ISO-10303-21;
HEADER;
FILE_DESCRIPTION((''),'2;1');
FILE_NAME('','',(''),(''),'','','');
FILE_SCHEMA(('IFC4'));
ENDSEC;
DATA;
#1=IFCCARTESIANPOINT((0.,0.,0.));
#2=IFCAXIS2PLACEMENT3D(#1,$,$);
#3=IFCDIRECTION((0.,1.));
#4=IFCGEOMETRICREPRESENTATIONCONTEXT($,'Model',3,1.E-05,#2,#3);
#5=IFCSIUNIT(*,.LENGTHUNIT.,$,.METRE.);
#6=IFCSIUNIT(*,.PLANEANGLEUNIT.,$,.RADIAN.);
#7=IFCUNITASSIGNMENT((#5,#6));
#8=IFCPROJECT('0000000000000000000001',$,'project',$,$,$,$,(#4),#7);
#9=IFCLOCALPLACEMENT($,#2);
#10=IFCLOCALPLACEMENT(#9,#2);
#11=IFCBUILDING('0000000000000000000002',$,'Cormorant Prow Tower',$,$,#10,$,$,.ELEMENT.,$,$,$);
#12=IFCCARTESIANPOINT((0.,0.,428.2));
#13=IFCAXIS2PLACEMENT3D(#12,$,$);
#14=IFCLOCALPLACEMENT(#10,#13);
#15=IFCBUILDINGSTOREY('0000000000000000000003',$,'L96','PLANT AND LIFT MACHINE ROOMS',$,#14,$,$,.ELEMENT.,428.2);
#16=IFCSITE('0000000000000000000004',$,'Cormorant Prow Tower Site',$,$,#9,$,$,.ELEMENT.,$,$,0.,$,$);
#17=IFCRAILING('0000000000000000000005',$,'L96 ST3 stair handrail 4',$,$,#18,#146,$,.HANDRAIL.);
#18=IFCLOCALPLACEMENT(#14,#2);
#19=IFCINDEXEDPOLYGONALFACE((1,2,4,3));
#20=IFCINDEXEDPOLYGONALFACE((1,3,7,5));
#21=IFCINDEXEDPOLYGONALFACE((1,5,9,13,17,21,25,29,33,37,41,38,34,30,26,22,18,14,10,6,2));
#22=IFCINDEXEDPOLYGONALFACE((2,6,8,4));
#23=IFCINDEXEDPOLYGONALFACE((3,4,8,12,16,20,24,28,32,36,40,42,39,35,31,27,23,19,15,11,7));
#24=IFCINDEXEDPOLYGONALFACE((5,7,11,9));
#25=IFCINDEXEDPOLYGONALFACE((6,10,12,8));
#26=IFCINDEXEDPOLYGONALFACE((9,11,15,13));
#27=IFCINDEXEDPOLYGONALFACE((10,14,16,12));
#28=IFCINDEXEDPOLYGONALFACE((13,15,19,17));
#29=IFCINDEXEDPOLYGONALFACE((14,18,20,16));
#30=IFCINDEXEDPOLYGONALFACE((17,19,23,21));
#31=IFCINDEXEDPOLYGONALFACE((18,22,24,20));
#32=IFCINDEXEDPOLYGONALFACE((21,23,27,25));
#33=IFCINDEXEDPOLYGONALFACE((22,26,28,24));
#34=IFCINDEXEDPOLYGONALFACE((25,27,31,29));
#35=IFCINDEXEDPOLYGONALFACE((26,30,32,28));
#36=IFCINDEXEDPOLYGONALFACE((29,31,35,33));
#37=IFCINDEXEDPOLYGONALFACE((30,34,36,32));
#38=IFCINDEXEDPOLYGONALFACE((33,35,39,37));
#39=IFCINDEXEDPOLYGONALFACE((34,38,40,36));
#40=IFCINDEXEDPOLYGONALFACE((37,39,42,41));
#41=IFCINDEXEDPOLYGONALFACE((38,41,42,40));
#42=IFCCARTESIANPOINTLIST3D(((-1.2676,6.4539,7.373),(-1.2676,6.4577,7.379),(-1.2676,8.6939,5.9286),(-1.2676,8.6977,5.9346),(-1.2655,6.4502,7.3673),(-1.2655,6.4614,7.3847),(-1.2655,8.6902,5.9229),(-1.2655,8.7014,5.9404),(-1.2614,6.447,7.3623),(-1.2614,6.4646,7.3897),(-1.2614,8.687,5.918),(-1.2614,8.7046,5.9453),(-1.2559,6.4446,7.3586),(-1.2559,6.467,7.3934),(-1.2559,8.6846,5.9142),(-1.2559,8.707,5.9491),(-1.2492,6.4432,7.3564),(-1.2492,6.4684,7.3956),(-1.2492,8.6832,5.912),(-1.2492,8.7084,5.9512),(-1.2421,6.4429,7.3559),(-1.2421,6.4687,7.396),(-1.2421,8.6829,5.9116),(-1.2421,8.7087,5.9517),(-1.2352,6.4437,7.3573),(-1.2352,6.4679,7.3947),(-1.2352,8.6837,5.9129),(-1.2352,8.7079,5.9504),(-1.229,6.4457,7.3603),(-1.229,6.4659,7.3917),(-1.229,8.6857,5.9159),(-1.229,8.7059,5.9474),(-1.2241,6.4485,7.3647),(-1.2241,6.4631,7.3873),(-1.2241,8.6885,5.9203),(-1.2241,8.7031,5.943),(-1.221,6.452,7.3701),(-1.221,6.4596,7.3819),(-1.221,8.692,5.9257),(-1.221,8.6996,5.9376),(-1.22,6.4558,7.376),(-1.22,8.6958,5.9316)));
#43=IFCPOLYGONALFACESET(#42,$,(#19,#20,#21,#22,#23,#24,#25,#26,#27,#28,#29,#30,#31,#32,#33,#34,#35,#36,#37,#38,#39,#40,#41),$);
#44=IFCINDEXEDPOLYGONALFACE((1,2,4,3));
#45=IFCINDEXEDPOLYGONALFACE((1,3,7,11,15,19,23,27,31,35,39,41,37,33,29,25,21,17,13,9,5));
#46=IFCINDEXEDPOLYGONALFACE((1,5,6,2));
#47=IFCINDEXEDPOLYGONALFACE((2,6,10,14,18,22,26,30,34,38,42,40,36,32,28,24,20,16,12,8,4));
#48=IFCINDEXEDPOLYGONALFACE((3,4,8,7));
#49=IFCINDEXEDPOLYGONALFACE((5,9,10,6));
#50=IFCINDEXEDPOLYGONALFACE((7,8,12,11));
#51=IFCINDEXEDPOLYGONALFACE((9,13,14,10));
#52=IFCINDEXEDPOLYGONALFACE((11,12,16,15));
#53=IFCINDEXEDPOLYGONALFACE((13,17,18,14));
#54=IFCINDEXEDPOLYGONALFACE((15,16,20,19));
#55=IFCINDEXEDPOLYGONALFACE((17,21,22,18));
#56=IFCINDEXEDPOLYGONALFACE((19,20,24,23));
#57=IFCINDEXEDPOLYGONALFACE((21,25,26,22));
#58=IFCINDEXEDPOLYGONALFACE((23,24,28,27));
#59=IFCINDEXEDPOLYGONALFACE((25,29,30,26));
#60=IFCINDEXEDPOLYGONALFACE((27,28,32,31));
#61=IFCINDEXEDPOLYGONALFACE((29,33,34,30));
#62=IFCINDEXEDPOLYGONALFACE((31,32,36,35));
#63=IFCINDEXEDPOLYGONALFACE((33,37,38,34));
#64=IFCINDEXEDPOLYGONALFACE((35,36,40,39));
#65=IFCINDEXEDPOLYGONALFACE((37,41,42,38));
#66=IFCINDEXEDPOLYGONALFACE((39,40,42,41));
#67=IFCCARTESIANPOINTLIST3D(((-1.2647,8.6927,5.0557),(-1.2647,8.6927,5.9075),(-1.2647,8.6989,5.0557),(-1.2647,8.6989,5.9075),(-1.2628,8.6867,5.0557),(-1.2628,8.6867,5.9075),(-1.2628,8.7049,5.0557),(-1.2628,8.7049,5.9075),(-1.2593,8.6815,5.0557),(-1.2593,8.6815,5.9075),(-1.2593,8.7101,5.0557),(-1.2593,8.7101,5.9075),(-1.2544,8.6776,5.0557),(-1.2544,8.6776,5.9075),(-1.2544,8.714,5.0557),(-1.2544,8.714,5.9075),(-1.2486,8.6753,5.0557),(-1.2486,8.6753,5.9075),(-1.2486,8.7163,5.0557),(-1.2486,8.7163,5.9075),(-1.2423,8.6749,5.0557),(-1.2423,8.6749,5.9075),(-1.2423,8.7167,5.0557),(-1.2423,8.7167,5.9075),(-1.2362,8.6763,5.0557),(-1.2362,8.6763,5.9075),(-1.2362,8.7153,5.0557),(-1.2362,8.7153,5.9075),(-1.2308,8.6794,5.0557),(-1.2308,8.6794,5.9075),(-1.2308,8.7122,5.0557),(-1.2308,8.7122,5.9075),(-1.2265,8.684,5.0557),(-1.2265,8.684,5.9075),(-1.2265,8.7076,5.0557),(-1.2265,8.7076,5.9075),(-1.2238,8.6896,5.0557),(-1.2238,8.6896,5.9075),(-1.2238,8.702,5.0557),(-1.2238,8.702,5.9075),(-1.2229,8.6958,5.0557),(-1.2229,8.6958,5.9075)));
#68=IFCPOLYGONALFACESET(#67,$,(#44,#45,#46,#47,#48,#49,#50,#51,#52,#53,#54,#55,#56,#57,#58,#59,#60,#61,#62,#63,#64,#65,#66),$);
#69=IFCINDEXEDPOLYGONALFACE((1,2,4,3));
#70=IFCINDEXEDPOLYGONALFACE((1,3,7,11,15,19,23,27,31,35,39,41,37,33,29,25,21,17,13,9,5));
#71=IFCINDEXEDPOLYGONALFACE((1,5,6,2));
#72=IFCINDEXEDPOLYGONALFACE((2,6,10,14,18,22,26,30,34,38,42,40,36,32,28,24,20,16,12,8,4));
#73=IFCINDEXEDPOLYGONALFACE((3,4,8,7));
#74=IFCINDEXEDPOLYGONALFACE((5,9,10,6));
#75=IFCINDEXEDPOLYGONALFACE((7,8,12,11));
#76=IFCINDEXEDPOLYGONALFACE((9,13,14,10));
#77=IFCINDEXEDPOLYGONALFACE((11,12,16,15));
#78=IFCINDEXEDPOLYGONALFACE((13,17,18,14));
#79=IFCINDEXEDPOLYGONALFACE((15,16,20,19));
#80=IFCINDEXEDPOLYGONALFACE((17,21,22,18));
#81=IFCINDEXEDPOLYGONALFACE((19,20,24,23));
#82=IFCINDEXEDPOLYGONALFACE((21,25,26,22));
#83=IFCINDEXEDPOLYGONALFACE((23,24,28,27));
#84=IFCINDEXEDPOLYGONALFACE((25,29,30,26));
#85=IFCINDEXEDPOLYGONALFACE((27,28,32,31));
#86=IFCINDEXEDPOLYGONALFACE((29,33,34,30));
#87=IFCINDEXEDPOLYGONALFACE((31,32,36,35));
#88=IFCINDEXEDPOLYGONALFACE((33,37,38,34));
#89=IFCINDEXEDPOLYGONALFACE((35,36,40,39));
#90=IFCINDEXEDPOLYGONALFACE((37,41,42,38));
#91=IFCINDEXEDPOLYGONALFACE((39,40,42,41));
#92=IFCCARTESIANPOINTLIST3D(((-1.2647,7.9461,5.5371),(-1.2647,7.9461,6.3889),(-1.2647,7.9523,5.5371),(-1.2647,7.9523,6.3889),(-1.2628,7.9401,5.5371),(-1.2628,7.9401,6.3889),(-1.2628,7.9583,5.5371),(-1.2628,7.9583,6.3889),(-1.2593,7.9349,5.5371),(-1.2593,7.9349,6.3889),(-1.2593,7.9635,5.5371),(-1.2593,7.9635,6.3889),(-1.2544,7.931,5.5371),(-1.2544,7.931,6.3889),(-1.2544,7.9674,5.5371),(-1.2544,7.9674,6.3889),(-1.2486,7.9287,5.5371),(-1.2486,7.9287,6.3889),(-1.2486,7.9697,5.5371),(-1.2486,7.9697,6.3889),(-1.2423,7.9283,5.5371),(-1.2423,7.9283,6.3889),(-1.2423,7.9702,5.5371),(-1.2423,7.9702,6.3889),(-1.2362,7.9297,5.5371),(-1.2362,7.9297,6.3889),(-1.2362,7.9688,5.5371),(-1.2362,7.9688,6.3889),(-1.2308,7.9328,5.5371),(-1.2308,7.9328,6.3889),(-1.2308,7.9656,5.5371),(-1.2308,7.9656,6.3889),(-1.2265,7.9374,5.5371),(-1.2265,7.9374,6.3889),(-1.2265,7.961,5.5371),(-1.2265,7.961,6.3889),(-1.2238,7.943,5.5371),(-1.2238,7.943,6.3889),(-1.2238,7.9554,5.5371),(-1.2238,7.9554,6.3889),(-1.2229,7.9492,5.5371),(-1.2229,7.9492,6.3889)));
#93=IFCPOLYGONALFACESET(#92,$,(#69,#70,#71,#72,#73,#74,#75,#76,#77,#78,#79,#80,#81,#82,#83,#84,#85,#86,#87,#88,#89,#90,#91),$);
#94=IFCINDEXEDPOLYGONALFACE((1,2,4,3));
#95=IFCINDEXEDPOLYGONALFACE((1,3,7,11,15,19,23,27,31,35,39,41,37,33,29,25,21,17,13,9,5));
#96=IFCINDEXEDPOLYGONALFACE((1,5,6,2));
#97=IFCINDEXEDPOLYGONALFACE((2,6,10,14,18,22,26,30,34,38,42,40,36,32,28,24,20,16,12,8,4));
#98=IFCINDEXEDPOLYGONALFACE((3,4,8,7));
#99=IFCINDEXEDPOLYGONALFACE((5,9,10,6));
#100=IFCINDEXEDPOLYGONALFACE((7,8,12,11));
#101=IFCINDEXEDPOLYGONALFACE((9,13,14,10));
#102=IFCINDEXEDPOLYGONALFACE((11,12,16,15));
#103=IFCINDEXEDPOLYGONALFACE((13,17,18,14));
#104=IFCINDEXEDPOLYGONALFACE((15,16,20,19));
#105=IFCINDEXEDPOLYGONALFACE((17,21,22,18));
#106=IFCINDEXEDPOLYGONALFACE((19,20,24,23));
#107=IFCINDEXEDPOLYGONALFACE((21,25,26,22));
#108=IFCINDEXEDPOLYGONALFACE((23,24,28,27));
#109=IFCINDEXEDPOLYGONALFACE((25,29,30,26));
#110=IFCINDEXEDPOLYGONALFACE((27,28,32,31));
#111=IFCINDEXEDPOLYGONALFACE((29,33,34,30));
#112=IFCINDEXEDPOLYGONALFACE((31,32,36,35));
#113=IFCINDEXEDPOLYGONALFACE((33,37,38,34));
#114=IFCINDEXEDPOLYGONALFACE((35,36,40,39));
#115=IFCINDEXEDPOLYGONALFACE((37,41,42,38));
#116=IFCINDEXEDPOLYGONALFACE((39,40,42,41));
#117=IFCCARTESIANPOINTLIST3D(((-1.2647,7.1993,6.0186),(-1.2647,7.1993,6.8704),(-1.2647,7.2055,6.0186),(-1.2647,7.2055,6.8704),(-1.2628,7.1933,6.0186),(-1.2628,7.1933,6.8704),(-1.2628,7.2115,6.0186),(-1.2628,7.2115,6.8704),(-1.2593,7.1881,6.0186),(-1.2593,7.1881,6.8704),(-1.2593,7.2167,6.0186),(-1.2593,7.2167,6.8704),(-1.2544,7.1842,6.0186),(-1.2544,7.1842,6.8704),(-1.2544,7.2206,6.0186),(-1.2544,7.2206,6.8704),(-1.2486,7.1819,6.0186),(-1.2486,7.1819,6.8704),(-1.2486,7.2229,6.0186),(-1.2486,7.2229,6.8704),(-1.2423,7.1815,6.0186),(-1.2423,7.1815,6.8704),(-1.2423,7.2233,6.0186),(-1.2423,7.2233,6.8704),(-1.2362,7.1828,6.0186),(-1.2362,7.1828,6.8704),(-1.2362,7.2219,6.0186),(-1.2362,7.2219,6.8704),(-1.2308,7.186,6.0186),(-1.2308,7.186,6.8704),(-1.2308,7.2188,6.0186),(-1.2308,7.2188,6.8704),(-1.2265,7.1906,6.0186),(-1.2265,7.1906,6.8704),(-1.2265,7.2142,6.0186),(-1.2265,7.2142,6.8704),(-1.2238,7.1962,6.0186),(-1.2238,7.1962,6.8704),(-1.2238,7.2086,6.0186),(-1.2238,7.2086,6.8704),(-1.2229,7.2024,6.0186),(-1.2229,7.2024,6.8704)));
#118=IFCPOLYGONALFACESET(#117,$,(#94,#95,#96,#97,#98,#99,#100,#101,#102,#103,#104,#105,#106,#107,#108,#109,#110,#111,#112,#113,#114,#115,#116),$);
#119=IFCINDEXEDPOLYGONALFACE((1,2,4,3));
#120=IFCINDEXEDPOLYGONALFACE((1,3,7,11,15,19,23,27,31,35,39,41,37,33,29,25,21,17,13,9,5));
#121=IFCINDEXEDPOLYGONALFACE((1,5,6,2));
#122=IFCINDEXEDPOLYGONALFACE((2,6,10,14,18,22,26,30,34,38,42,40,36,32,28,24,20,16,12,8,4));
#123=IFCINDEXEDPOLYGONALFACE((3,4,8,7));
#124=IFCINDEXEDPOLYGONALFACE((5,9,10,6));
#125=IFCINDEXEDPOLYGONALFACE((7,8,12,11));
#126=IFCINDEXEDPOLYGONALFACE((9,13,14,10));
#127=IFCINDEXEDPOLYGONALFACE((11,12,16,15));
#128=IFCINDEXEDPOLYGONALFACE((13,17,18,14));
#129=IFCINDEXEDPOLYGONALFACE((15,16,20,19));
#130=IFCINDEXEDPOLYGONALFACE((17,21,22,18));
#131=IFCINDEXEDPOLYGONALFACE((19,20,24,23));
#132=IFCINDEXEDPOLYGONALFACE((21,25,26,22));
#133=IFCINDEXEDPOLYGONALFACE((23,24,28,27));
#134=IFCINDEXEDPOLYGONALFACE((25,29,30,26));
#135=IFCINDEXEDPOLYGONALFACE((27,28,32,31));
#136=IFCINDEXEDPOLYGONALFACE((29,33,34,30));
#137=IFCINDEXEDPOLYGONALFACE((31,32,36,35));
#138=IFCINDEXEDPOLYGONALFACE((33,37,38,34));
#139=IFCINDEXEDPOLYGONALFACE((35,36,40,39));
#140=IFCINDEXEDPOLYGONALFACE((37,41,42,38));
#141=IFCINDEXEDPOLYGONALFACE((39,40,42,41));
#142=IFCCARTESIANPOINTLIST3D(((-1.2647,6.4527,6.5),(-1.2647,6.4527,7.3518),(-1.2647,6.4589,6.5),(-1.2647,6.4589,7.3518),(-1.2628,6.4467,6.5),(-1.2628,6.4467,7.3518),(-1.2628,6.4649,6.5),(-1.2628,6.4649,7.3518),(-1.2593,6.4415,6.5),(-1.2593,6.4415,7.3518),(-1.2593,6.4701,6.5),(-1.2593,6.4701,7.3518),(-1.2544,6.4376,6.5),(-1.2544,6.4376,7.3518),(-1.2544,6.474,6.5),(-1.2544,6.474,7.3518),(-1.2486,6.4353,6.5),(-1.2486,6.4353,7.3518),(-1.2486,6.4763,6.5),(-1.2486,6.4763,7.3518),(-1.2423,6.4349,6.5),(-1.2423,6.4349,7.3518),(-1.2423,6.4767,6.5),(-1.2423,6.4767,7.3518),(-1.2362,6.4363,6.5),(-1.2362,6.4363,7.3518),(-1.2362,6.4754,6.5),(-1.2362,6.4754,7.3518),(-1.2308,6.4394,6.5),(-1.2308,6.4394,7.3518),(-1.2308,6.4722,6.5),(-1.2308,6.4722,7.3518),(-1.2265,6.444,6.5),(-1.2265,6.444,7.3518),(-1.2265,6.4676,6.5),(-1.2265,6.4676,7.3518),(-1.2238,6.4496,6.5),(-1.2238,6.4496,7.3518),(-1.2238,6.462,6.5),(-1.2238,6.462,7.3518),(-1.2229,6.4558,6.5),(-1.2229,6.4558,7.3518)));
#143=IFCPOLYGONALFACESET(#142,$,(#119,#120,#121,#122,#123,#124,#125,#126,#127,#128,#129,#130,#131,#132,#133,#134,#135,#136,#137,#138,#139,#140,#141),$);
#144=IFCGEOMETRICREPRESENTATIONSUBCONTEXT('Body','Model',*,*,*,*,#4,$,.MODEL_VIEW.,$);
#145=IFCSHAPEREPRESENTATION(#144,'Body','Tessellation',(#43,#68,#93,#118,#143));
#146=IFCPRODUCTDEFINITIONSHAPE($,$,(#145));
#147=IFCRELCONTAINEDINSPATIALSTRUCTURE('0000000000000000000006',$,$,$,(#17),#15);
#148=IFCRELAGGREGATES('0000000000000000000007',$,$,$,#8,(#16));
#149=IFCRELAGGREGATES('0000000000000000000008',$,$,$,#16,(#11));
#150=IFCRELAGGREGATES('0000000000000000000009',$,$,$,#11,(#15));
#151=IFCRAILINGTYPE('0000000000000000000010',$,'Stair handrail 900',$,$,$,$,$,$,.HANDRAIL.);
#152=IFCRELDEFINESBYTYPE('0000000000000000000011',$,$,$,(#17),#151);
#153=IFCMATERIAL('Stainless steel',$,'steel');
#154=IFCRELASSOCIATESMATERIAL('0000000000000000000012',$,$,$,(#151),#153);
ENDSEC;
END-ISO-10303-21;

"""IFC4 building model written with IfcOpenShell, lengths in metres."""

from ifc_helpers import new_model, si_unit, direction, frame, origin, origin_2d, place, context, subcontext, project, spatial, circle, extrude, material, type_object, element, save


model = new_model("IFC4")

# Units and contexts
model_context = context("Model", 3, precision=1e-05, world=origin(), true_north=direction((0.0, 1.0)))
body_context = subcontext(model_context, "Body", "Model", "MODEL_VIEW")
ifc_project = project(units=[si_unit("LENGTHUNIT", "METRE"), si_unit("PLANEANGLEUNIT", "RADIAN")], contexts=[model_context])

# Site, building, storey
site_placement = place(None, origin())
site = spatial("IfcSite", under=ifc_project, at=site_placement, Name="Cormorant Prow Tower Site", CompositionType="ELEMENT", RefElevation=0.0)
building_placement = place(site_placement, origin())
building = spatial("IfcBuilding", under=site, at=building_placement, Name="Cormorant Prow Tower", CompositionType="ELEMENT")
storey_placement = place(building_placement, frame((0.0, 0.0, 428.2)))
storey = spatial("IfcBuildingStorey", under=building, at=storey_placement, Name="L96", Description="PLANT AND LIFT MACHINE ROOMS", CompositionType="ELEMENT", Elevation=428.2)

# Railing
ifc_material_1 = material(Name="Stainless steel", Category="steel")
railing_type = type_object("IfcRailingType", Name="Stair handrail 900", PredefinedType="HANDRAIL", material=ifc_material_1)
for number, where, name in (
    (1, (-1.2439, 8.6958, 5.0557), "L96 ST3 stair handrail 4"),
):
    element("IfcRailing", number, at=place(storey_placement, frame(where)), inside=storey, type_object=railing_type, Name=name, PredefinedType="HANDRAIL", context=body_context, shape_type="SweptSolid", body=[
        extrude(circle(Radius=0.0239, at=origin_2d()), frame((0.0, 0.0, 0.876), z_axis=(0.0, -0.840437, 0.54191), x_axis=(1.0, 0.0, 0.0)), (0.0, 0.0, 1.0), 2.6653),
        extrude(circle(Radius=0.021, at=origin_2d()), origin(), (0.0, 0.0, 1.0), 0.8518),
        extrude(circle(Radius=0.021, at=origin_2d()), frame((0.0, -0.7466, 0.4814)), (0.0, 0.0, 1.0), 0.8518),
        extrude(circle(Radius=0.021, at=origin_2d()), frame((0.0, -1.4934, 0.9629)), (0.0, 0.0, 1.0), 0.8518),
        extrude(circle(Radius=0.021, at=origin_2d()), frame((0.0, -2.24, 1.4443)), (0.0, 0.0, 1.0), 0.8518),
    ])

save(model, "model.ifc")
